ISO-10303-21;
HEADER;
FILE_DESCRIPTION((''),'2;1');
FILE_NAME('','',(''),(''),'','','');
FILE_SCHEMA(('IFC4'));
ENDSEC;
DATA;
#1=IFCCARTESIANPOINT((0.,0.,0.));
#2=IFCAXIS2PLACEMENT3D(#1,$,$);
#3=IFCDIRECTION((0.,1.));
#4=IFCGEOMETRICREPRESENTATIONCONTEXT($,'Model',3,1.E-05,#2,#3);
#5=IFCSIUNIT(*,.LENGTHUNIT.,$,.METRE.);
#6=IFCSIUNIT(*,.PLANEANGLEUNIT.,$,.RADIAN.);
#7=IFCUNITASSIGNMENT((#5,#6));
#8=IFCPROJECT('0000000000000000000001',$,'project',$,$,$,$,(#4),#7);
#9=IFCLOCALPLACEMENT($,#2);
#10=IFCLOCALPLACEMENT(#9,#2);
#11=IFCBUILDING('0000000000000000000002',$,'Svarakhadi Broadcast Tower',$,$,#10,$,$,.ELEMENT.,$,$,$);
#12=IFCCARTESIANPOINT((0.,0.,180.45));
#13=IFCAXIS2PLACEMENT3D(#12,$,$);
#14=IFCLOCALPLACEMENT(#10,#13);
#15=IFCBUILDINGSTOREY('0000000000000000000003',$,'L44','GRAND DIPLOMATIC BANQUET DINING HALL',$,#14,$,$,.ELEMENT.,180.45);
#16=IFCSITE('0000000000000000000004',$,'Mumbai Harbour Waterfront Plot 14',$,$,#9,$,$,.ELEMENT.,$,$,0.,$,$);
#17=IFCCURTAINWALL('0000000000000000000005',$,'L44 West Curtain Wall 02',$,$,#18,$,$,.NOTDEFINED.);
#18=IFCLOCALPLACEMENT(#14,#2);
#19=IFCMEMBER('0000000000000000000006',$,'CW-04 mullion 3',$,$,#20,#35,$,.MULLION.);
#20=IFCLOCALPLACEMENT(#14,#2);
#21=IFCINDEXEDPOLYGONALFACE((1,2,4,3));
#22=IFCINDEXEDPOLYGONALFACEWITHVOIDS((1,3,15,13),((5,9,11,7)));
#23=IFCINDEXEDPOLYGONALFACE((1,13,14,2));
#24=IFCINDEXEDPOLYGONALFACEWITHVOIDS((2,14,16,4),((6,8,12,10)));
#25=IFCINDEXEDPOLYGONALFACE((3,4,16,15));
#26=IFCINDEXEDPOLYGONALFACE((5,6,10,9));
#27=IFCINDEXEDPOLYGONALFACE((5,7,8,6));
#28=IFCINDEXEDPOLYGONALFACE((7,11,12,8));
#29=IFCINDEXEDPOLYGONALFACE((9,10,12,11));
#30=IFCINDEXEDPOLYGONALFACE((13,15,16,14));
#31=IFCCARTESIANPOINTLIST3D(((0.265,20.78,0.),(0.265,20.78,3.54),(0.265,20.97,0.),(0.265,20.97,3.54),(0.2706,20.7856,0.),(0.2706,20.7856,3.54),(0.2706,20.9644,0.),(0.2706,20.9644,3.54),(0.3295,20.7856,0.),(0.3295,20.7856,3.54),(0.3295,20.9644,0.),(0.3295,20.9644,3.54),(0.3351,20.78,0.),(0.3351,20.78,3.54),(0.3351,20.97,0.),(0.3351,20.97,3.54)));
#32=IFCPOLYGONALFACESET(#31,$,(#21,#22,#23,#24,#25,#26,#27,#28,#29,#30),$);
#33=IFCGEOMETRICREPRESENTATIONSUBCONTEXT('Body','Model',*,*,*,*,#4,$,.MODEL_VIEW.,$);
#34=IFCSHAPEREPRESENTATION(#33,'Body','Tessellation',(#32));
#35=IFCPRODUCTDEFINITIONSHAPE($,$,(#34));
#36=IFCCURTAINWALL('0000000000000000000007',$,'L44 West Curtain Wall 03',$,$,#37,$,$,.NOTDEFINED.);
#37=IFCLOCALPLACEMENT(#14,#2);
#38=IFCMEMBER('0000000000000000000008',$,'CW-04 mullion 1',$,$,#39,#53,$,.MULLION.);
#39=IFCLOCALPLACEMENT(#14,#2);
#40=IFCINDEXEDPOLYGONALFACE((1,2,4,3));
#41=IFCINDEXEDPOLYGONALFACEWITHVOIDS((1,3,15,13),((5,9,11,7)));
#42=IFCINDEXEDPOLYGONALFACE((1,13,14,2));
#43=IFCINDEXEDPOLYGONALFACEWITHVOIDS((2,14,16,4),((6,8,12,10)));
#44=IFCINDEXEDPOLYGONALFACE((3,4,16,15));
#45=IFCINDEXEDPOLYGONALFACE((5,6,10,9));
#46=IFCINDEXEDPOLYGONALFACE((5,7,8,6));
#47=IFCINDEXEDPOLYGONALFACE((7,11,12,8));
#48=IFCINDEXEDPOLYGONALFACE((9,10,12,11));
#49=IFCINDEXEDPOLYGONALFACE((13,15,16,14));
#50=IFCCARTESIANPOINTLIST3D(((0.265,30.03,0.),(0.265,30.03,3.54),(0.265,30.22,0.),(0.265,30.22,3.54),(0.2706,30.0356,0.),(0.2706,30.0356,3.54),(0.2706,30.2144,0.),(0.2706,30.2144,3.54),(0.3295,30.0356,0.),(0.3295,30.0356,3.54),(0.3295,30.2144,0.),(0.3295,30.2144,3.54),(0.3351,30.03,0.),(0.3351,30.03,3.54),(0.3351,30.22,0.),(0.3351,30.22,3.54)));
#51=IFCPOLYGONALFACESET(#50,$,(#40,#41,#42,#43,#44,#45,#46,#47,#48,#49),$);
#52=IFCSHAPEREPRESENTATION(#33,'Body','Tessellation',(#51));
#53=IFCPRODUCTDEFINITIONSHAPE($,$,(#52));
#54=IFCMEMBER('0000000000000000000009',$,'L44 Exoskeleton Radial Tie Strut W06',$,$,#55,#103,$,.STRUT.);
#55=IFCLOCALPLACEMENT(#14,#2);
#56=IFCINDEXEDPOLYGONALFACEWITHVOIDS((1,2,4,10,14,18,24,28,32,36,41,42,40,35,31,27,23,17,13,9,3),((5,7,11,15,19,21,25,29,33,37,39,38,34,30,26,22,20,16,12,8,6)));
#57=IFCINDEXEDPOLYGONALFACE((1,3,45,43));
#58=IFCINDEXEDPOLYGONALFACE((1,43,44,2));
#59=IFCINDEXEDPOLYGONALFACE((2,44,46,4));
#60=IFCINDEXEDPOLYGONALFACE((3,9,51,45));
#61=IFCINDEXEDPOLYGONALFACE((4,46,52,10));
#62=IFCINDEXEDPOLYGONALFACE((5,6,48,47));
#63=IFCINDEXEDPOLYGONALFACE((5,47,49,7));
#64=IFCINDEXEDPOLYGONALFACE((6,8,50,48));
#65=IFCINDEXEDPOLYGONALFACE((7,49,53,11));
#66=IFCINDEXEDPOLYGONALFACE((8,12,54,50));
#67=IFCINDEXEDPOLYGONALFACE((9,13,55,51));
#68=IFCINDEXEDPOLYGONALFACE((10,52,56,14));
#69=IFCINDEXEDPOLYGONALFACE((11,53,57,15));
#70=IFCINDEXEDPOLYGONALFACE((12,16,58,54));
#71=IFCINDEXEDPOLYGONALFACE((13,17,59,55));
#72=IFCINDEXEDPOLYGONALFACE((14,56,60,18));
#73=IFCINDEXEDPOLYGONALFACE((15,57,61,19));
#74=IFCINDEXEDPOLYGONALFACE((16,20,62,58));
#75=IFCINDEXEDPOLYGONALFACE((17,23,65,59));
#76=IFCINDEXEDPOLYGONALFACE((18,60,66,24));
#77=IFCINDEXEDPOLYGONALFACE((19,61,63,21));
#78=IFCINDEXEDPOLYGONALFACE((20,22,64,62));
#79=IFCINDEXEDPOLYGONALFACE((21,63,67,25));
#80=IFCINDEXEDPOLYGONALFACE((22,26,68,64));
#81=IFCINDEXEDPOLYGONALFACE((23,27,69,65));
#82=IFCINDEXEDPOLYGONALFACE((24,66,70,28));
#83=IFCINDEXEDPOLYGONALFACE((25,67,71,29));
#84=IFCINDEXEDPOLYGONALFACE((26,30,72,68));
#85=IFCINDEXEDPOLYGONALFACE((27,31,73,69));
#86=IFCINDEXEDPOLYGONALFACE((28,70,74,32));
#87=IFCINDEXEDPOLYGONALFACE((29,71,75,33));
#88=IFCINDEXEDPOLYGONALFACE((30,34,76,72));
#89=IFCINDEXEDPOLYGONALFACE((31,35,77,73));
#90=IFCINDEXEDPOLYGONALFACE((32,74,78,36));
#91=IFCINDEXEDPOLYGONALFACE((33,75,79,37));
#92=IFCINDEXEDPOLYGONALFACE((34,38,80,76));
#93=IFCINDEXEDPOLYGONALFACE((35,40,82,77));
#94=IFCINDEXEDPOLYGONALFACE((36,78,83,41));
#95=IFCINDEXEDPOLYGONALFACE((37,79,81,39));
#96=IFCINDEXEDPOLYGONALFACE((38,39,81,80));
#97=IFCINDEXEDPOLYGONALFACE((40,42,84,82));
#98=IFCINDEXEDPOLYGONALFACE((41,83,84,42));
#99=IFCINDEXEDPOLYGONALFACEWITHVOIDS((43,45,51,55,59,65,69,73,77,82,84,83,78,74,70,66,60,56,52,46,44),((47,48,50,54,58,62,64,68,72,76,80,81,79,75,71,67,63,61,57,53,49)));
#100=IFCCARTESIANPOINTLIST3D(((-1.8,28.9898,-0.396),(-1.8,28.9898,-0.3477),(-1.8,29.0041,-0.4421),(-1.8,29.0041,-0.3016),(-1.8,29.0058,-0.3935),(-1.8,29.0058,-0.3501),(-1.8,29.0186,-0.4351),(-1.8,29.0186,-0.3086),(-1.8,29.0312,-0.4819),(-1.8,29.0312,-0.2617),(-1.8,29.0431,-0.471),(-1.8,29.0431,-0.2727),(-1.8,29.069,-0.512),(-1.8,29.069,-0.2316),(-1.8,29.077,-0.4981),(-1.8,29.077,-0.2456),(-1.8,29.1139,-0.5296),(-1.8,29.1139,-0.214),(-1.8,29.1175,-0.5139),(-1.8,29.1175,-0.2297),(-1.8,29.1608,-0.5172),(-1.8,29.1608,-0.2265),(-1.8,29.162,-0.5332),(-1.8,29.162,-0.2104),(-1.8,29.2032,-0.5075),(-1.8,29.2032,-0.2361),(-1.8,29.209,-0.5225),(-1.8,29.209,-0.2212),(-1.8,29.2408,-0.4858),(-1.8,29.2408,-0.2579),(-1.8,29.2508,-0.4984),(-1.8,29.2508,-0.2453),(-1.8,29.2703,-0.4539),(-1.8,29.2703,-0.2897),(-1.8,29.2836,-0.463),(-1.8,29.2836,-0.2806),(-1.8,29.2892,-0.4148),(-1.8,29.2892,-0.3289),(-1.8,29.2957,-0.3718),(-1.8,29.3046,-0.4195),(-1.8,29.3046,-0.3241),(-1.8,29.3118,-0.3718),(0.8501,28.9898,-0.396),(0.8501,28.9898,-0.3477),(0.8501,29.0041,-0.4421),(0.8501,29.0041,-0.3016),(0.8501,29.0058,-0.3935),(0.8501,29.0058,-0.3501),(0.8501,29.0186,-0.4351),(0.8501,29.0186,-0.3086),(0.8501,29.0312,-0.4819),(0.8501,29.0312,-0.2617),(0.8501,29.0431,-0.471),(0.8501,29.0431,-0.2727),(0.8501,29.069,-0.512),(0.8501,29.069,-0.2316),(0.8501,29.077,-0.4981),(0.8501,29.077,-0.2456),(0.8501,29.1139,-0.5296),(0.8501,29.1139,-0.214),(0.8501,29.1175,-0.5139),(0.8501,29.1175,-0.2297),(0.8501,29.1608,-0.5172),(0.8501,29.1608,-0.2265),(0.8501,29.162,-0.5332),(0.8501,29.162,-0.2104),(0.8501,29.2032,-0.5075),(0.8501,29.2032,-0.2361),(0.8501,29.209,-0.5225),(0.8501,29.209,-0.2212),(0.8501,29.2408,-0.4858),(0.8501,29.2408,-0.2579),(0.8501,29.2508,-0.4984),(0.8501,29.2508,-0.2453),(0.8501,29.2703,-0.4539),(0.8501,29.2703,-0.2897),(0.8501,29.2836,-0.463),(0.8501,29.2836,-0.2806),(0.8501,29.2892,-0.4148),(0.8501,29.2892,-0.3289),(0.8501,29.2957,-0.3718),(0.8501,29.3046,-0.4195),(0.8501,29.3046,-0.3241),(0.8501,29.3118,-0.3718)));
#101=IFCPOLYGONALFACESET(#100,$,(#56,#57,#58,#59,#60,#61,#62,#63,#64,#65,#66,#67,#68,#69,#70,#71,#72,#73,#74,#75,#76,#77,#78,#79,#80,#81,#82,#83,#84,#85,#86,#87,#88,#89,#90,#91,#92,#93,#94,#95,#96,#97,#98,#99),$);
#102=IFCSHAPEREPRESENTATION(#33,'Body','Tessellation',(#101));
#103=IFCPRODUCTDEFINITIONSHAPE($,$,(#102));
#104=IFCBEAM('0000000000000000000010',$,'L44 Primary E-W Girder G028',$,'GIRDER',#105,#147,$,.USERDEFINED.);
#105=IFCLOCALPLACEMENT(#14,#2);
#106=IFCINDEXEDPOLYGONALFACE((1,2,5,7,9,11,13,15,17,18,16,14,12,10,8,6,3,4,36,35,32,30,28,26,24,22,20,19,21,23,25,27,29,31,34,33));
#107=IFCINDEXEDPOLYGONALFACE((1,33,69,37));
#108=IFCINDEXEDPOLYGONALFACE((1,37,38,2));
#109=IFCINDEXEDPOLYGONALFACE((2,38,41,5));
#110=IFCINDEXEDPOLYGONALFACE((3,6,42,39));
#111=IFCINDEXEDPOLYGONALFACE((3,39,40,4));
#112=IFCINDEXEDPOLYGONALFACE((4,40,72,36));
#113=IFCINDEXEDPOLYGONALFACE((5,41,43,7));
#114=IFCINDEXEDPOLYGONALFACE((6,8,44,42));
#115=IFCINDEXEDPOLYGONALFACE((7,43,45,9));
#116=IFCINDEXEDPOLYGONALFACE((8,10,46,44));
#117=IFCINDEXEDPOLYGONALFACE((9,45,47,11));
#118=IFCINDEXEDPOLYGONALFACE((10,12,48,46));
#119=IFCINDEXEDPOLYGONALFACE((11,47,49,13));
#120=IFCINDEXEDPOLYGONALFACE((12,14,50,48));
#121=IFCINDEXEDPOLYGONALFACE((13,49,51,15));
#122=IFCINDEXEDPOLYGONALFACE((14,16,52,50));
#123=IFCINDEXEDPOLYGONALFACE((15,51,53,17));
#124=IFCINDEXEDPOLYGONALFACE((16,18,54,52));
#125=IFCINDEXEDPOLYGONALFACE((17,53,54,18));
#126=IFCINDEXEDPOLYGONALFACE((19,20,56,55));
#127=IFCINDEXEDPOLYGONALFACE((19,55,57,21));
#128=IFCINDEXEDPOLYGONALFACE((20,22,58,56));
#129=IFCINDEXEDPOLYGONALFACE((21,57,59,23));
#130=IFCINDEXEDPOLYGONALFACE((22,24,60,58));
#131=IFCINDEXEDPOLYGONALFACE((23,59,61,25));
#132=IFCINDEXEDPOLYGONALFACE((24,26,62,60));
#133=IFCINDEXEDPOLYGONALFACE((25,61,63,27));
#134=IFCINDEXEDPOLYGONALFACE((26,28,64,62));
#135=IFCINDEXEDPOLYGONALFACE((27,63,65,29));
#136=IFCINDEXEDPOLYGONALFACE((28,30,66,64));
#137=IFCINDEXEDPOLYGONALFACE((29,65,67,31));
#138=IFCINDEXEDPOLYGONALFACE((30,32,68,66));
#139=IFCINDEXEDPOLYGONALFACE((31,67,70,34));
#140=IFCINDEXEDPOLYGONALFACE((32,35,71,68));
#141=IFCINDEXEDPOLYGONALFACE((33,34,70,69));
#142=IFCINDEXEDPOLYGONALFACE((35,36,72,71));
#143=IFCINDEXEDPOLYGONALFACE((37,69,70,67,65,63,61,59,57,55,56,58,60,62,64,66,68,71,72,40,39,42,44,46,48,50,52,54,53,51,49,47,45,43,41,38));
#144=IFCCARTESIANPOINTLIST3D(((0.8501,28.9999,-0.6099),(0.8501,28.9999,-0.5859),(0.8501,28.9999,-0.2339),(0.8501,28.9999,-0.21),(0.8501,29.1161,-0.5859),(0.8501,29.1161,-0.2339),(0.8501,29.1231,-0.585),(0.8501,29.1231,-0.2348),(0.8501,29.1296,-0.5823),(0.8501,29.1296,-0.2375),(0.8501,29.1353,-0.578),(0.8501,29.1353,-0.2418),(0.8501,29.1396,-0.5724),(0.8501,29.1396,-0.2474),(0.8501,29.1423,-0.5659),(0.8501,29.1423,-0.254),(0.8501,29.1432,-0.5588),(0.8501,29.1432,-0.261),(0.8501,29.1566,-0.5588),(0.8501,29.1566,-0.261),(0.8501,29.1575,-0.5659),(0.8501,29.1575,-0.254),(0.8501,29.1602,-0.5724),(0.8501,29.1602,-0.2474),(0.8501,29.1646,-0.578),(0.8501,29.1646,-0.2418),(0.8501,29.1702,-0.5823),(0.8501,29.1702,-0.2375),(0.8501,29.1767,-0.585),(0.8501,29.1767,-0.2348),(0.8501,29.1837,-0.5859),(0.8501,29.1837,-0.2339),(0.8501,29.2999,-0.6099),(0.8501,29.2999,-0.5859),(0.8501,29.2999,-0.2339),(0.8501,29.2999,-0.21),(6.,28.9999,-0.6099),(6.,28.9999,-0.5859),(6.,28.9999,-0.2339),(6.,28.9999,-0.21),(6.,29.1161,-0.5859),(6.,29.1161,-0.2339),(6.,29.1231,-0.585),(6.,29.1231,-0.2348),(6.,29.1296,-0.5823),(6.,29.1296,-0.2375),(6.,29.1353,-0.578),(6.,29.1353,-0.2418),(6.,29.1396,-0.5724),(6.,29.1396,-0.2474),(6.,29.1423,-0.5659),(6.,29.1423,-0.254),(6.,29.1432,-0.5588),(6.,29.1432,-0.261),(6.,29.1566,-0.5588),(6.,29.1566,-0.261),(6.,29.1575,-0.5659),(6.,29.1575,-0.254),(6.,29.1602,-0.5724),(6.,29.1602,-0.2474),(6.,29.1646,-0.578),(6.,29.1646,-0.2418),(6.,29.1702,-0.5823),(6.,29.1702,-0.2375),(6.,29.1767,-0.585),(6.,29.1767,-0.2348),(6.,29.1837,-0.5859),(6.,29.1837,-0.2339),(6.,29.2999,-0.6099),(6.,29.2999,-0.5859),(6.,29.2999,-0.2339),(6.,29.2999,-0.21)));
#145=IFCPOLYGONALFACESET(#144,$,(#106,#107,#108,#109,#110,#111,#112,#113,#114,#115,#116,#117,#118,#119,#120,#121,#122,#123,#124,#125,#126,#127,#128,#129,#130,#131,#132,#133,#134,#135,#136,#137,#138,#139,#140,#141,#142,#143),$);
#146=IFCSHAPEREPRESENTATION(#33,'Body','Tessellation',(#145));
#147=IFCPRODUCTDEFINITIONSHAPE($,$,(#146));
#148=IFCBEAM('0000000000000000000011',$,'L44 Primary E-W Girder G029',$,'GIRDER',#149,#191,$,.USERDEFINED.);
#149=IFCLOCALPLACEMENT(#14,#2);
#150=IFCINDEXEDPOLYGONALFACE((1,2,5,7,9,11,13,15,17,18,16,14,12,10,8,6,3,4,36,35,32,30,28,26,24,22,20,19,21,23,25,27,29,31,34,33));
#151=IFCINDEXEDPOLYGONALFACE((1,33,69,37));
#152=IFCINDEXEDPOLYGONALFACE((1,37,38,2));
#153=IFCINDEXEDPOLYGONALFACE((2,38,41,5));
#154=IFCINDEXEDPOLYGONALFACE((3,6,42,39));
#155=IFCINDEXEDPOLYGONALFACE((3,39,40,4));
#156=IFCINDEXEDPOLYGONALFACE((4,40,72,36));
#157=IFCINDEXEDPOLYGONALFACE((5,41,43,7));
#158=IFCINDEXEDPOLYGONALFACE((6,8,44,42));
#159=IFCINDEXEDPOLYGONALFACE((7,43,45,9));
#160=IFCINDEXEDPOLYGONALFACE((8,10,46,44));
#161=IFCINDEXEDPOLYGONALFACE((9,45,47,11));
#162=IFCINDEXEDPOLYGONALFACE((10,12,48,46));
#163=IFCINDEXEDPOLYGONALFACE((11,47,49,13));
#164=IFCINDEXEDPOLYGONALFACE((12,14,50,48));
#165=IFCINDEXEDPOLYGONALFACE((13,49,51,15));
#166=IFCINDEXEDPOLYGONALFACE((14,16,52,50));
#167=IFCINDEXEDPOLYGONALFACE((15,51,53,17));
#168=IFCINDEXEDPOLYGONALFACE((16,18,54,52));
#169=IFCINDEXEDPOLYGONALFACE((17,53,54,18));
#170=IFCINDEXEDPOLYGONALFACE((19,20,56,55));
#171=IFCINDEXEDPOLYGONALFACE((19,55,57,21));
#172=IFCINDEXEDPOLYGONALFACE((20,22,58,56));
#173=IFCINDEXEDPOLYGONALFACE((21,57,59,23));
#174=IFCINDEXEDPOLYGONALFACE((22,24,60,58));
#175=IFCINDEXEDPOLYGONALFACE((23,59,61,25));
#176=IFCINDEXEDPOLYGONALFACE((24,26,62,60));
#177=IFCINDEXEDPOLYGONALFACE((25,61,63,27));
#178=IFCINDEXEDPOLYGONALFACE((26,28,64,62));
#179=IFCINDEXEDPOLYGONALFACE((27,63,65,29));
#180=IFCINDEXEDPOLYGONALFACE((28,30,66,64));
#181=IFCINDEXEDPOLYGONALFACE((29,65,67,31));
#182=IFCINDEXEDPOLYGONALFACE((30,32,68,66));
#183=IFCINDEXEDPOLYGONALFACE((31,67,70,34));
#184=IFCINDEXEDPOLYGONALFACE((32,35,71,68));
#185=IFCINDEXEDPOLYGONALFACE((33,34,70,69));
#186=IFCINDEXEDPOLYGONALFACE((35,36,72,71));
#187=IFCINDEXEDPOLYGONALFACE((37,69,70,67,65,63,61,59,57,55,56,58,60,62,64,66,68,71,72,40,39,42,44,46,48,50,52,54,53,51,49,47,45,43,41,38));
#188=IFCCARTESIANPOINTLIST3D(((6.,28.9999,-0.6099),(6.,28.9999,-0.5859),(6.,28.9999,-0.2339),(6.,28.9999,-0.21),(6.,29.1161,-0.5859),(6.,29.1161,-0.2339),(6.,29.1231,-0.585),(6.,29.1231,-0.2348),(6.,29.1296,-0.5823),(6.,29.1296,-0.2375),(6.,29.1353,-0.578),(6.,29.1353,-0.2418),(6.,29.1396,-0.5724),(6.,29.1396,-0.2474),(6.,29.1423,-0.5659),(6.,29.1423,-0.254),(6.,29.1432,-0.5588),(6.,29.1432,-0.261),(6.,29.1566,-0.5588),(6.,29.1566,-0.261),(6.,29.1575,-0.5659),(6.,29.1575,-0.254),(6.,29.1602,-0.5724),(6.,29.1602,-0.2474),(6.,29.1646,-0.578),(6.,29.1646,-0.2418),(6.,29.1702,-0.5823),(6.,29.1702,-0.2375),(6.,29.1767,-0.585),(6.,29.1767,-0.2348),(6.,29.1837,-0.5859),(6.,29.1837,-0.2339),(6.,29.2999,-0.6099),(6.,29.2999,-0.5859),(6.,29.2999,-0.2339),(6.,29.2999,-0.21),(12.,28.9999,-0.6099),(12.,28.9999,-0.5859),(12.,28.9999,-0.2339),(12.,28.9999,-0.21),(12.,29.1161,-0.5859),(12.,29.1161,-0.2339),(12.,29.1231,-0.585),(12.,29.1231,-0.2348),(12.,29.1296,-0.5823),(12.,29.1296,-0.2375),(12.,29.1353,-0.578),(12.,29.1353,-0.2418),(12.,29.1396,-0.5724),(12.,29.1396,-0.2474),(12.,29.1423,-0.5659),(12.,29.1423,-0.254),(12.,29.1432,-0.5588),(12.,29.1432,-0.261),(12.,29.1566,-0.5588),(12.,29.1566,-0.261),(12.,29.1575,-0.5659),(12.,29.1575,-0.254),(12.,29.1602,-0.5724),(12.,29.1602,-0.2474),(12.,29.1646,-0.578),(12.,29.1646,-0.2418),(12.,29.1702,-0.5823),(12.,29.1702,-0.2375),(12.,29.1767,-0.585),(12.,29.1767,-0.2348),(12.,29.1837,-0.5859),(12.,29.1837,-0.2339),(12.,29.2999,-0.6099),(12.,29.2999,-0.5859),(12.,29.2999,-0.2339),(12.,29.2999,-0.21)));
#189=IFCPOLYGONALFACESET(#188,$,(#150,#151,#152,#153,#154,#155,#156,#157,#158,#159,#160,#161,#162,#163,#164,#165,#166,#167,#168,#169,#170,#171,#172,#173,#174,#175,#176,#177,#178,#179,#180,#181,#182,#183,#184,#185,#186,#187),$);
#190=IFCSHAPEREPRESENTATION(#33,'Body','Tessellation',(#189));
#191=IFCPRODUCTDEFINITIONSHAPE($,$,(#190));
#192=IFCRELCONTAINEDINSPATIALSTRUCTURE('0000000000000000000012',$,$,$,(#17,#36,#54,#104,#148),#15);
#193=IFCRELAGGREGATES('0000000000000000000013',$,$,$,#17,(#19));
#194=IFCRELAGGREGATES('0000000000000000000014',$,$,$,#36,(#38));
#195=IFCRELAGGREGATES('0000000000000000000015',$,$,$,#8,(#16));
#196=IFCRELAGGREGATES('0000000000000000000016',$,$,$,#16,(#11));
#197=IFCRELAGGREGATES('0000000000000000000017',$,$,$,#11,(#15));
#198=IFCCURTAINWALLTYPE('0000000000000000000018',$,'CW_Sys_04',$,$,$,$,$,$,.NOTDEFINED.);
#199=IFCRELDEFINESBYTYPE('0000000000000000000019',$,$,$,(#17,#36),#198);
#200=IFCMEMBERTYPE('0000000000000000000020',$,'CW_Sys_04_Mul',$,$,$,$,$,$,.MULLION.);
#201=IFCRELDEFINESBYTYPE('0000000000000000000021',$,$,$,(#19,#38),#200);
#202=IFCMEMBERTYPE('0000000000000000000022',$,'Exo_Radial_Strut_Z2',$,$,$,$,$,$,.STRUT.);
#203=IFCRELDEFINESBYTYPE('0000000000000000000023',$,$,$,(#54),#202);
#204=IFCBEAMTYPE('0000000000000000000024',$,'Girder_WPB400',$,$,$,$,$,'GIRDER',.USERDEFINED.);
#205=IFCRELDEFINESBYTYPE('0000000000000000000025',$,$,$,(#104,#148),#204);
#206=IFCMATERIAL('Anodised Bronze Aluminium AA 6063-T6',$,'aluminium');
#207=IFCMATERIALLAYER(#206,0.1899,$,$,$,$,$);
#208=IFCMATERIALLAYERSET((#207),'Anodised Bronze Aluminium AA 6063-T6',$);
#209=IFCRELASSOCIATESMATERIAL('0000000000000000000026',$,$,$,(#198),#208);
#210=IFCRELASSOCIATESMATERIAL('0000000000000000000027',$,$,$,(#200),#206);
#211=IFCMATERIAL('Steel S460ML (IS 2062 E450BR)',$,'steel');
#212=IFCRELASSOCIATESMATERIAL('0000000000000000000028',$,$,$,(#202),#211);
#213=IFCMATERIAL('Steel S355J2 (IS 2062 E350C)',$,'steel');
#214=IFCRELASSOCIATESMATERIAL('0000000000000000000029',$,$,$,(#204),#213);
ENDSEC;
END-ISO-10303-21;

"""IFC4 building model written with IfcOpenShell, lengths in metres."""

from ifc_helpers import new_model, si_unit, direction, frame, origin, origin_2d, place, context, subcontext, project, spatial, hollow_rectangle, hollow_circle, i_section, extrude, material, layer, layer_set, material_profile, profile_set, type_object, element, aggregate, save


model = new_model("IFC4")

# Units and contexts
model_context = context("Model", 3, precision=1e-05, world=origin(), true_north=direction((0.0, 1.0)))
body_context = subcontext(model_context, "Body", "Model", "MODEL_VIEW")
ifc_project = project(units=[si_unit("LENGTHUNIT", "METRE"), si_unit("PLANEANGLEUNIT", "RADIAN")], contexts=[model_context])

# Site, building, storey
site_placement = place(None, origin())
site = spatial("IfcSite", under=ifc_project, at=site_placement, Name="Mumbai Harbour Waterfront Plot 14", CompositionType="ELEMENT", RefElevation=0.0)
building_placement = place(site_placement, origin())
building = spatial("IfcBuilding", under=site, at=building_placement, Name="Svarakhadi Broadcast Tower", CompositionType="ELEMENT")
storey_placement = place(building_placement, frame((0.0, 0.0, 180.45)))
storey = spatial("IfcBuildingStorey", under=building, at=storey_placement, Name="L44", Description="GRAND DIPLOMATIC BANQUET DINING HALL", CompositionType="ELEMENT", Elevation=180.45)

# Shared definitions
ifc_material_1 = material(Name="Steel S460ML (IS 2062 E450BR)", Category="steel")

# Shared definitions
ifc_material_2 = material(Name="Steel S355J2 (IS 2062 E350C)", Category="steel")

# Curtain walls, members
ifc_material_3 = material(Name="Anodised Bronze Aluminium AA 6063-T6", Category="aluminium")
ifc_layer_1 = layer(ifc_material_3, 0.1899)
ifc_layer_set_1 = layer_set([ifc_layer_1], Name="Anodised Bronze Aluminium AA 6063-T6")
curtain_wall_type = type_object("IfcCurtainWallType", Name="CW_Sys_04", PredefinedType="NOTDEFINED", material=ifc_layer_set_1)
curtain_wall_1_placement = place(storey_placement, origin())
curtain_wall_1 = element("IfcCurtainWall", 1, at=curtain_wall_1_placement, inside=storey, type_object=curtain_wall_type, Name="L44 West Curtain Wall 02", PredefinedType="NOTDEFINED")
ifc_material_profile_1 = material_profile(ifc_material_3, hollow_rectangle(XDim=0.0701, YDim=0.1899, WallThickness=0.0056, at=origin_2d()), Name="ALU MULLION 190x70x6")
ifc_profile_set_1 = profile_set([ifc_material_profile_1], Name="Anodised Bronze Aluminium AA 6063-T6")
member_type_1 = type_object("IfcMemberType", Name="CW_Sys_04_Mul", PredefinedType="MULLION", material=ifc_profile_set_1)
member_1_placement = place(storey_placement, frame((0.3, 20.875, 0.0), z_axis=(0.0, 0.0, 1.0), x_axis=(-1.0, 0.0, 0.0)))
member_1 = element("IfcMember", 2, at=member_1_placement, type_object=member_type_1, Name="CW-04 mullion 3", PredefinedType="MULLION", context=body_context, shape_type="SweptSolid", body=[
    extrude(hollow_rectangle(XDim=0.0701, YDim=0.1899, WallThickness=0.0056, at=origin_2d()), origin(), (0.0, 0.0, 1.0), 3.54),
])
aggregate(curtain_wall_1, [member_1])
curtain_wall_2_placement = place(storey_placement, origin())
curtain_wall_2 = element("IfcCurtainWall", 3, at=curtain_wall_2_placement, inside=storey, type_object=curtain_wall_type, Name="L44 West Curtain Wall 03", PredefinedType="NOTDEFINED")
member_2_placement = place(storey_placement, frame((0.3, 30.125, 0.0), z_axis=(0.0, 0.0, 1.0), x_axis=(-1.0, 0.0, 0.0)))
member_2 = element("IfcMember", 4, at=member_2_placement, type_object=member_type_1, Name="CW-04 mullion 1", PredefinedType="MULLION", context=body_context, shape_type="SweptSolid", body=[
    extrude(hollow_rectangle(XDim=0.0701, YDim=0.1899, WallThickness=0.0056, at=origin_2d()), origin(), (0.0, 0.0, 1.0), 3.54),
])
aggregate(curtain_wall_2, [member_2])

# Member
ifc_material_profile_2 = material_profile(ifc_material_1, hollow_circle(Radius=0.1619, WallThickness=0.0161, at=origin_2d()), Name="CHS 323.9x16")
ifc_profile_set_2 = profile_set([ifc_material_profile_2], Name="Steel S460ML (IS 2062 E450BR)")
member_type_2 = type_object("IfcMemberType", Name="Exo_Radial_Strut_Z2", PredefinedType="STRUT", material=ifc_profile_set_2)
member_3_placement = place(storey_placement, frame((-1.8, 29.1499, -0.3718), z_axis=(1.0, 0.0, 0.0), x_axis=(0.0, 1.0, 0.0)))
element("IfcMember", 5, at=member_3_placement, inside=storey, type_object=member_type_2, Name="L44 Exoskeleton Radial Tie Strut W06", PredefinedType="STRUT", context=body_context, shape_type="SweptSolid", body=[
    extrude(hollow_circle(Radius=0.1619, WallThickness=0.0161, at=origin_2d()), origin(), (0.0, 0.0, 1.0), 2.6501),
])

# Beams
ifc_material_profile_3 = material_profile(ifc_material_2, i_section(OverallWidth=0.3, OverallDepth=0.3999, WebThickness=0.0134, FlangeThickness=0.0239, FilletRadius=0.0271, at=origin_2d()), Name="WPB 400x300x155")
ifc_profile_set_3 = profile_set([ifc_material_profile_3], Name="Steel S355J2 (IS 2062 E350C)")
beam_type_1 = type_object("IfcBeamType", Name="Girder_WPB400", ElementType="GIRDER", PredefinedType="USERDEFINED", material=ifc_profile_set_3)
beam_1_placement = place(storey_placement, frame((0.8501, 29.1499, -0.4099), z_axis=(1.0, 0.0, 0.0), x_axis=(0.0, 1.0, 0.0)))
element("IfcBeam", 6, at=beam_1_placement, inside=storey, type_object=beam_type_1, Name="L44 Primary E-W Girder G028", ObjectType="GIRDER", PredefinedType="USERDEFINED", context=body_context, shape_type="SweptSolid", body=[
    extrude(i_section(OverallWidth=0.3, OverallDepth=0.3999, WebThickness=0.0134, FlangeThickness=0.0239, FilletRadius=0.0271, at=origin_2d()), origin(), (0.0, 0.0, 1.0), 5.1499),
])
beam_2_placement = place(storey_placement, frame((6.0, 29.1499, -0.4099), z_axis=(1.0, 0.0, 0.0), x_axis=(0.0, 1.0, 0.0)))
element("IfcBeam", 7, at=beam_2_placement, inside=storey, type_object=beam_type_1, Name="L44 Primary E-W Girder G029", ObjectType="GIRDER", PredefinedType="USERDEFINED", context=body_context, shape_type="SweptSolid", body=[
    extrude(i_section(OverallWidth=0.3, OverallDepth=0.3999, WebThickness=0.0134, FlangeThickness=0.0239, FilletRadius=0.0271, at=origin_2d()), origin(), (0.0, 0.0, 1.0), 6.0),
])

save(model, "model.ifc")
